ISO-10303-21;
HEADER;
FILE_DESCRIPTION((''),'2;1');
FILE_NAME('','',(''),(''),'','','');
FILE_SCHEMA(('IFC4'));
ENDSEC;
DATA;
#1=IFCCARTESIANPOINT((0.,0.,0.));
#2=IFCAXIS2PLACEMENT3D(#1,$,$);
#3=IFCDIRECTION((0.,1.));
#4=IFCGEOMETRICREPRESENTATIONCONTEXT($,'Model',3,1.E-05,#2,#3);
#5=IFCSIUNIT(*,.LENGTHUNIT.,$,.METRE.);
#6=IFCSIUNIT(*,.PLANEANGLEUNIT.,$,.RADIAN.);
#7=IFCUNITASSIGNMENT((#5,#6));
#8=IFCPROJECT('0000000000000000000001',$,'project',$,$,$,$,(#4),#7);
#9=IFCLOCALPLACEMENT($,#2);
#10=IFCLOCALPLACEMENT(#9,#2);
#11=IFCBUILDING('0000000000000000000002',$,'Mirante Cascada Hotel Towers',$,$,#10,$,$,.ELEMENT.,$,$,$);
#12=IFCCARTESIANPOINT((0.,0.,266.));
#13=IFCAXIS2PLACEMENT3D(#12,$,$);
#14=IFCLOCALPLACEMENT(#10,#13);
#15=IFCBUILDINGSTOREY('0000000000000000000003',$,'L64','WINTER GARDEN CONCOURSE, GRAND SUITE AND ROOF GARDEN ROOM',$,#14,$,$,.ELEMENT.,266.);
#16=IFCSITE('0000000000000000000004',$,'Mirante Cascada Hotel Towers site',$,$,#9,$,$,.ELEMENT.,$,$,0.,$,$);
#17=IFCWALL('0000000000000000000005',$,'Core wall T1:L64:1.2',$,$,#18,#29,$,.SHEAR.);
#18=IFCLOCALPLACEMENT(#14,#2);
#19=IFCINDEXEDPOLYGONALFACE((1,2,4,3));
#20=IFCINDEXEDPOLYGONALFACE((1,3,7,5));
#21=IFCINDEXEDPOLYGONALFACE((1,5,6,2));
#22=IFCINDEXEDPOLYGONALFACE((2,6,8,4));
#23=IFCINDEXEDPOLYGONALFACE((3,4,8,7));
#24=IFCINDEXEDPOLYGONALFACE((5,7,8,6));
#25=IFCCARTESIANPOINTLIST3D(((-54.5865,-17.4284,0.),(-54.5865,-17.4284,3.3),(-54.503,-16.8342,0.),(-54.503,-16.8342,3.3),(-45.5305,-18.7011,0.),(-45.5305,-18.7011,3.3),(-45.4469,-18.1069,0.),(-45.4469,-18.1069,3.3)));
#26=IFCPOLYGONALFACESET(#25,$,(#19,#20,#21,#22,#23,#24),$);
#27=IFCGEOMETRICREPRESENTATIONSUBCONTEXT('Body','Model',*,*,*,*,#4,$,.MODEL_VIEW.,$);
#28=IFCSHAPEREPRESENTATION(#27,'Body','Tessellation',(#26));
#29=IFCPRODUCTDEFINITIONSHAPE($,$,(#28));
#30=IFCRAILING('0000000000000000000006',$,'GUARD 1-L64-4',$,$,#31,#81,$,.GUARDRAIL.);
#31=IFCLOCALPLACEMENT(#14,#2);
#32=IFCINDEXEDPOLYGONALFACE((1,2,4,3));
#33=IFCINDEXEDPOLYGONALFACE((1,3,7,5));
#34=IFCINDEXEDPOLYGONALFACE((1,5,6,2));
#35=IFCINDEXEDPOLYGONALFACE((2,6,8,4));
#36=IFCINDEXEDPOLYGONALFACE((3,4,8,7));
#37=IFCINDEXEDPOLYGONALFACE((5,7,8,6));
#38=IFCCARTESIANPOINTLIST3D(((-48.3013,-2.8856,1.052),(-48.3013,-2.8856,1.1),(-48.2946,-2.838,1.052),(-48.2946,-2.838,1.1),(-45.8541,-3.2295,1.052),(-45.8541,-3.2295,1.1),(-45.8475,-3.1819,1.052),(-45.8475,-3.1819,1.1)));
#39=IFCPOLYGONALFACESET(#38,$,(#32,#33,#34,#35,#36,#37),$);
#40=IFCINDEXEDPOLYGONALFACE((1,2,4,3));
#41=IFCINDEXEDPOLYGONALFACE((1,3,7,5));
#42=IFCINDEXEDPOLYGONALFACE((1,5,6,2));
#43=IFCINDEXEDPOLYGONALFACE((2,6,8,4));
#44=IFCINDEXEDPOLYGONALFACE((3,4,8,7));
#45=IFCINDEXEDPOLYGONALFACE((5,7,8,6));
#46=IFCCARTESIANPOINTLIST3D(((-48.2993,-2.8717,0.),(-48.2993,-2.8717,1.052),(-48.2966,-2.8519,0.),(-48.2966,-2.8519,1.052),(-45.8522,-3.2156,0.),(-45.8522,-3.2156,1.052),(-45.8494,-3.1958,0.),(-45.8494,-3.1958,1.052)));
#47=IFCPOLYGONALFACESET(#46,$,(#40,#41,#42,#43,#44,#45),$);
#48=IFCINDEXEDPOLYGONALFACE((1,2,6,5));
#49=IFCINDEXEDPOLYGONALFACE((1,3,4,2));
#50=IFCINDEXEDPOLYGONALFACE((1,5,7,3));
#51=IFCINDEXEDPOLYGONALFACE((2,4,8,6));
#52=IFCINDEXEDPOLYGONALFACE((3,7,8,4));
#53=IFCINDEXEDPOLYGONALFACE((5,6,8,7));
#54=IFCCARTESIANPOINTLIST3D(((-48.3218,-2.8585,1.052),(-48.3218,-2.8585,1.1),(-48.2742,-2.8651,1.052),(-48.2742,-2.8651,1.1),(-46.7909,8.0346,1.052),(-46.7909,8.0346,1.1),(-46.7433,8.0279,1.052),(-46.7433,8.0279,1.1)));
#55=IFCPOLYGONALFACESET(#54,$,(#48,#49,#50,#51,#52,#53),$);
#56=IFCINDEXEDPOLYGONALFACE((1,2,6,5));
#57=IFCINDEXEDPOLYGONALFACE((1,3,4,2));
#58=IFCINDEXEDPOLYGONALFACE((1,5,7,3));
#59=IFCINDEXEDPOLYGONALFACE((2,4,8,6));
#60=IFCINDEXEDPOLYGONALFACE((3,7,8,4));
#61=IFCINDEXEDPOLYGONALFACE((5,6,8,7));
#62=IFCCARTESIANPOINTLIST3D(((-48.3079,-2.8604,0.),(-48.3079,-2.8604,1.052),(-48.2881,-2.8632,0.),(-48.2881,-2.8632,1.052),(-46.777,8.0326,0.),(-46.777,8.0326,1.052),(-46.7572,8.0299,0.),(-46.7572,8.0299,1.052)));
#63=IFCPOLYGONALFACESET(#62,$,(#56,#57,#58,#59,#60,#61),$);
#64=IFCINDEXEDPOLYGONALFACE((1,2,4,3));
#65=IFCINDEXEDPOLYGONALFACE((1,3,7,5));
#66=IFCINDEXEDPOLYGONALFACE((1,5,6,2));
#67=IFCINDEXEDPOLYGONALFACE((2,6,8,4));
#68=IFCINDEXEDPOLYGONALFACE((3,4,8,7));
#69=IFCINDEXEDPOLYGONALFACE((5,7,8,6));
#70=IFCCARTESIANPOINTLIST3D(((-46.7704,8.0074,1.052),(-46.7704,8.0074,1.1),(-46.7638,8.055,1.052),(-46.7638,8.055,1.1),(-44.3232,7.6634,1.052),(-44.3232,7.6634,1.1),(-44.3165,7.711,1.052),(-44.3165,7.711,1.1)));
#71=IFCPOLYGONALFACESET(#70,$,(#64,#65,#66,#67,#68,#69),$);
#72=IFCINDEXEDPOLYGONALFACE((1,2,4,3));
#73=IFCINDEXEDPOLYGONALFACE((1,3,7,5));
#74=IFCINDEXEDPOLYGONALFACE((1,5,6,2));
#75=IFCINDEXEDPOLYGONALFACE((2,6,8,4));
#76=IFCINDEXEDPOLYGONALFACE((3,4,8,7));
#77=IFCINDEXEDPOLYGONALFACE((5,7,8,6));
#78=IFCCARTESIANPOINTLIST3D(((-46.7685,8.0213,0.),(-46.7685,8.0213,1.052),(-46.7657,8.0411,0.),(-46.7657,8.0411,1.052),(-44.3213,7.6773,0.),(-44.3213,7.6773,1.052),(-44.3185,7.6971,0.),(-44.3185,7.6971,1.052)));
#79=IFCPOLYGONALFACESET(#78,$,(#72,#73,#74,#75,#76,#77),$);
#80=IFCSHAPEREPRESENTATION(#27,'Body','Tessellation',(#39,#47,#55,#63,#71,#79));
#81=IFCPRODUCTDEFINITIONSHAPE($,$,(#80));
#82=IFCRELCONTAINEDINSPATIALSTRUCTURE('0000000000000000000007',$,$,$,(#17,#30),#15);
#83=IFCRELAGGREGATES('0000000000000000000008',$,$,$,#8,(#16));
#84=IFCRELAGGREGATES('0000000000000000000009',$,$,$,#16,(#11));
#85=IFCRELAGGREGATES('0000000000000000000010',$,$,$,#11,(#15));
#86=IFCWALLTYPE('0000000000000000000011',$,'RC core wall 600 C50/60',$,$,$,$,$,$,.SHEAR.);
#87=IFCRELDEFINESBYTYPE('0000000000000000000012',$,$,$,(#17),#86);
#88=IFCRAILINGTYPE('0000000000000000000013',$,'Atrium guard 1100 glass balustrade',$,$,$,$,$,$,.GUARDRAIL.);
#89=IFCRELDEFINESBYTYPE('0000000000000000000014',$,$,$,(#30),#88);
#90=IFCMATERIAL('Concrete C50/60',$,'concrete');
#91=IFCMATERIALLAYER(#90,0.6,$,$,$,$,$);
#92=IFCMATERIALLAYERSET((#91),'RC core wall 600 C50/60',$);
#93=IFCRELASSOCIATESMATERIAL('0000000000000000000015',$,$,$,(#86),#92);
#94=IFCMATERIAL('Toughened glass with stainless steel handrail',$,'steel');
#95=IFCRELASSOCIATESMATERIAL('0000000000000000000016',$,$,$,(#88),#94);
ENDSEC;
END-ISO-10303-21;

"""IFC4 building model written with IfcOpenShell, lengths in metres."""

from ifc_helpers import new_model, si_unit, direction, frame, frame_2d, origin, origin_2d, place, context, subcontext, project, spatial, rectangle, extrude, material, layer, layer_set, type_object, element, save


model = new_model("IFC4")

# Units and contexts
model_context = context("Model", 3, precision=1e-05, world=origin(), true_north=direction((0.0, 1.0)))
body_context = subcontext(model_context, "Body", "Model", "MODEL_VIEW")
ifc_project = project(units=[si_unit("LENGTHUNIT", "METRE"), si_unit("PLANEANGLEUNIT", "RADIAN")], contexts=[model_context])

# Site, building, storey
site_placement = place(None, origin())
site = spatial("IfcSite", under=ifc_project, at=site_placement, Name="Mirante Cascada Hotel Towers site", CompositionType="ELEMENT", RefElevation=0.0)
building_placement = place(site_placement, origin())
building = spatial("IfcBuilding", under=site, at=building_placement, Name="Mirante Cascada Hotel Towers", CompositionType="ELEMENT")
storey_placement = place(building_placement, frame((0.0, 0.0, 266.0)))
storey = spatial("IfcBuildingStorey", under=building, at=storey_placement, Name="L64", Description="WINTER GARDEN CONCOURSE, GRAND SUITE AND ROOF GARDEN ROOM", CompositionType="ELEMENT", Elevation=266.0)

# Wall
ifc_material_1 = material(Name="Concrete C50/60", Category="concrete")
ifc_layer_1 = layer(ifc_material_1, 0.6)
ifc_layer_set_1 = layer_set([ifc_layer_1], Name="RC core wall 600 C50/60")
wall_type_1 = type_object("IfcWallType", Name="RC core wall 600 C50/60", PredefinedType="SHEAR", material=ifc_layer_set_1)
wall_1_placement = place(storey_placement, frame((-45.4887, -18.404, 0.0), z_axis=(0.0, 0.0, 1.0), x_axis=(-0.990269, 0.139169, 0.0)))
element("IfcWall", 1, at=wall_1_placement, inside=storey, type_object=wall_type_1, Name="Core wall T1:L64:1.2", PredefinedType="SHEAR", context=body_context, shape_type="SweptSolid", body=[
    extrude(rectangle(XDim=9.145, YDim=0.6, at=frame_2d((4.5725, 0.0))), origin(), (0.0, 0.0, 1.0), 3.3),
])

# Railing
ifc_material_2 = material(Name="Toughened glass with stainless steel handrail", Category="steel")
railing_type = type_object("IfcRailingType", Name="Atrium guard 1100 glass balustrade", PredefinedType="GUARDRAIL", material=ifc_material_2)
railing_placement = place(storey_placement, frame((-45.8508, -3.2057, 0.0)))
element("IfcRailing", 2, at=railing_placement, inside=storey, type_object=railing_type, Name="GUARD 1-L64-4", PredefinedType="GUARDRAIL", context=body_context, shape_type="SweptSolid", body=[
    extrude(rectangle(XDim=0.048, YDim=0.048, at=origin_2d()), frame((0.0, 0.0, 1.076), z_axis=(-0.99027, 0.139161, 0.0), x_axis=(-0.139161, -0.99027, 0.0)), (0.0, 0.0, 1.0), 2.4712),
    extrude(rectangle(XDim=0.02, YDim=1.052, at=origin_2d()), frame((0.0, 0.0, 0.526), z_axis=(-0.99027, 0.139161, 0.0), x_axis=(-0.139161, -0.99027, 0.0)), (0.0, 0.0, 1.0), 2.4712),
    extrude(rectangle(XDim=0.048, YDim=0.048, at=origin_2d()), frame((-2.4472, 0.3439, 1.076), z_axis=(0.139172, 0.990268, 0.0), x_axis=(-0.990268, 0.139172, 0.0)), (0.0, 0.0, 1.0), 11.0001),
    extrude(rectangle(XDim=0.02, YDim=1.052, at=origin_2d()), frame((-2.4472, 0.3439, 0.526), z_axis=(0.139172, 0.990268, 0.0), x_axis=(-0.990268, 0.139172, 0.0)), (0.0, 0.0, 1.0), 11.0001),
    extrude(rectangle(XDim=0.048, YDim=0.048, at=origin_2d()), frame((-0.9163, 11.2369, 1.076), z_axis=(0.990264, -0.1392, 0.0), x_axis=(0.1392, 0.990264, 0.0)), (0.0, 0.0, 1.0), 2.4713),
    extrude(rectangle(XDim=0.02, YDim=1.052, at=origin_2d()), frame((-0.9163, 11.2369, 0.526), z_axis=(0.990264, -0.1392, 0.0), x_axis=(0.1392, 0.990264, 0.0)), (0.0, 0.0, 1.0), 2.4713),
])

save(model, "model.ifc")
